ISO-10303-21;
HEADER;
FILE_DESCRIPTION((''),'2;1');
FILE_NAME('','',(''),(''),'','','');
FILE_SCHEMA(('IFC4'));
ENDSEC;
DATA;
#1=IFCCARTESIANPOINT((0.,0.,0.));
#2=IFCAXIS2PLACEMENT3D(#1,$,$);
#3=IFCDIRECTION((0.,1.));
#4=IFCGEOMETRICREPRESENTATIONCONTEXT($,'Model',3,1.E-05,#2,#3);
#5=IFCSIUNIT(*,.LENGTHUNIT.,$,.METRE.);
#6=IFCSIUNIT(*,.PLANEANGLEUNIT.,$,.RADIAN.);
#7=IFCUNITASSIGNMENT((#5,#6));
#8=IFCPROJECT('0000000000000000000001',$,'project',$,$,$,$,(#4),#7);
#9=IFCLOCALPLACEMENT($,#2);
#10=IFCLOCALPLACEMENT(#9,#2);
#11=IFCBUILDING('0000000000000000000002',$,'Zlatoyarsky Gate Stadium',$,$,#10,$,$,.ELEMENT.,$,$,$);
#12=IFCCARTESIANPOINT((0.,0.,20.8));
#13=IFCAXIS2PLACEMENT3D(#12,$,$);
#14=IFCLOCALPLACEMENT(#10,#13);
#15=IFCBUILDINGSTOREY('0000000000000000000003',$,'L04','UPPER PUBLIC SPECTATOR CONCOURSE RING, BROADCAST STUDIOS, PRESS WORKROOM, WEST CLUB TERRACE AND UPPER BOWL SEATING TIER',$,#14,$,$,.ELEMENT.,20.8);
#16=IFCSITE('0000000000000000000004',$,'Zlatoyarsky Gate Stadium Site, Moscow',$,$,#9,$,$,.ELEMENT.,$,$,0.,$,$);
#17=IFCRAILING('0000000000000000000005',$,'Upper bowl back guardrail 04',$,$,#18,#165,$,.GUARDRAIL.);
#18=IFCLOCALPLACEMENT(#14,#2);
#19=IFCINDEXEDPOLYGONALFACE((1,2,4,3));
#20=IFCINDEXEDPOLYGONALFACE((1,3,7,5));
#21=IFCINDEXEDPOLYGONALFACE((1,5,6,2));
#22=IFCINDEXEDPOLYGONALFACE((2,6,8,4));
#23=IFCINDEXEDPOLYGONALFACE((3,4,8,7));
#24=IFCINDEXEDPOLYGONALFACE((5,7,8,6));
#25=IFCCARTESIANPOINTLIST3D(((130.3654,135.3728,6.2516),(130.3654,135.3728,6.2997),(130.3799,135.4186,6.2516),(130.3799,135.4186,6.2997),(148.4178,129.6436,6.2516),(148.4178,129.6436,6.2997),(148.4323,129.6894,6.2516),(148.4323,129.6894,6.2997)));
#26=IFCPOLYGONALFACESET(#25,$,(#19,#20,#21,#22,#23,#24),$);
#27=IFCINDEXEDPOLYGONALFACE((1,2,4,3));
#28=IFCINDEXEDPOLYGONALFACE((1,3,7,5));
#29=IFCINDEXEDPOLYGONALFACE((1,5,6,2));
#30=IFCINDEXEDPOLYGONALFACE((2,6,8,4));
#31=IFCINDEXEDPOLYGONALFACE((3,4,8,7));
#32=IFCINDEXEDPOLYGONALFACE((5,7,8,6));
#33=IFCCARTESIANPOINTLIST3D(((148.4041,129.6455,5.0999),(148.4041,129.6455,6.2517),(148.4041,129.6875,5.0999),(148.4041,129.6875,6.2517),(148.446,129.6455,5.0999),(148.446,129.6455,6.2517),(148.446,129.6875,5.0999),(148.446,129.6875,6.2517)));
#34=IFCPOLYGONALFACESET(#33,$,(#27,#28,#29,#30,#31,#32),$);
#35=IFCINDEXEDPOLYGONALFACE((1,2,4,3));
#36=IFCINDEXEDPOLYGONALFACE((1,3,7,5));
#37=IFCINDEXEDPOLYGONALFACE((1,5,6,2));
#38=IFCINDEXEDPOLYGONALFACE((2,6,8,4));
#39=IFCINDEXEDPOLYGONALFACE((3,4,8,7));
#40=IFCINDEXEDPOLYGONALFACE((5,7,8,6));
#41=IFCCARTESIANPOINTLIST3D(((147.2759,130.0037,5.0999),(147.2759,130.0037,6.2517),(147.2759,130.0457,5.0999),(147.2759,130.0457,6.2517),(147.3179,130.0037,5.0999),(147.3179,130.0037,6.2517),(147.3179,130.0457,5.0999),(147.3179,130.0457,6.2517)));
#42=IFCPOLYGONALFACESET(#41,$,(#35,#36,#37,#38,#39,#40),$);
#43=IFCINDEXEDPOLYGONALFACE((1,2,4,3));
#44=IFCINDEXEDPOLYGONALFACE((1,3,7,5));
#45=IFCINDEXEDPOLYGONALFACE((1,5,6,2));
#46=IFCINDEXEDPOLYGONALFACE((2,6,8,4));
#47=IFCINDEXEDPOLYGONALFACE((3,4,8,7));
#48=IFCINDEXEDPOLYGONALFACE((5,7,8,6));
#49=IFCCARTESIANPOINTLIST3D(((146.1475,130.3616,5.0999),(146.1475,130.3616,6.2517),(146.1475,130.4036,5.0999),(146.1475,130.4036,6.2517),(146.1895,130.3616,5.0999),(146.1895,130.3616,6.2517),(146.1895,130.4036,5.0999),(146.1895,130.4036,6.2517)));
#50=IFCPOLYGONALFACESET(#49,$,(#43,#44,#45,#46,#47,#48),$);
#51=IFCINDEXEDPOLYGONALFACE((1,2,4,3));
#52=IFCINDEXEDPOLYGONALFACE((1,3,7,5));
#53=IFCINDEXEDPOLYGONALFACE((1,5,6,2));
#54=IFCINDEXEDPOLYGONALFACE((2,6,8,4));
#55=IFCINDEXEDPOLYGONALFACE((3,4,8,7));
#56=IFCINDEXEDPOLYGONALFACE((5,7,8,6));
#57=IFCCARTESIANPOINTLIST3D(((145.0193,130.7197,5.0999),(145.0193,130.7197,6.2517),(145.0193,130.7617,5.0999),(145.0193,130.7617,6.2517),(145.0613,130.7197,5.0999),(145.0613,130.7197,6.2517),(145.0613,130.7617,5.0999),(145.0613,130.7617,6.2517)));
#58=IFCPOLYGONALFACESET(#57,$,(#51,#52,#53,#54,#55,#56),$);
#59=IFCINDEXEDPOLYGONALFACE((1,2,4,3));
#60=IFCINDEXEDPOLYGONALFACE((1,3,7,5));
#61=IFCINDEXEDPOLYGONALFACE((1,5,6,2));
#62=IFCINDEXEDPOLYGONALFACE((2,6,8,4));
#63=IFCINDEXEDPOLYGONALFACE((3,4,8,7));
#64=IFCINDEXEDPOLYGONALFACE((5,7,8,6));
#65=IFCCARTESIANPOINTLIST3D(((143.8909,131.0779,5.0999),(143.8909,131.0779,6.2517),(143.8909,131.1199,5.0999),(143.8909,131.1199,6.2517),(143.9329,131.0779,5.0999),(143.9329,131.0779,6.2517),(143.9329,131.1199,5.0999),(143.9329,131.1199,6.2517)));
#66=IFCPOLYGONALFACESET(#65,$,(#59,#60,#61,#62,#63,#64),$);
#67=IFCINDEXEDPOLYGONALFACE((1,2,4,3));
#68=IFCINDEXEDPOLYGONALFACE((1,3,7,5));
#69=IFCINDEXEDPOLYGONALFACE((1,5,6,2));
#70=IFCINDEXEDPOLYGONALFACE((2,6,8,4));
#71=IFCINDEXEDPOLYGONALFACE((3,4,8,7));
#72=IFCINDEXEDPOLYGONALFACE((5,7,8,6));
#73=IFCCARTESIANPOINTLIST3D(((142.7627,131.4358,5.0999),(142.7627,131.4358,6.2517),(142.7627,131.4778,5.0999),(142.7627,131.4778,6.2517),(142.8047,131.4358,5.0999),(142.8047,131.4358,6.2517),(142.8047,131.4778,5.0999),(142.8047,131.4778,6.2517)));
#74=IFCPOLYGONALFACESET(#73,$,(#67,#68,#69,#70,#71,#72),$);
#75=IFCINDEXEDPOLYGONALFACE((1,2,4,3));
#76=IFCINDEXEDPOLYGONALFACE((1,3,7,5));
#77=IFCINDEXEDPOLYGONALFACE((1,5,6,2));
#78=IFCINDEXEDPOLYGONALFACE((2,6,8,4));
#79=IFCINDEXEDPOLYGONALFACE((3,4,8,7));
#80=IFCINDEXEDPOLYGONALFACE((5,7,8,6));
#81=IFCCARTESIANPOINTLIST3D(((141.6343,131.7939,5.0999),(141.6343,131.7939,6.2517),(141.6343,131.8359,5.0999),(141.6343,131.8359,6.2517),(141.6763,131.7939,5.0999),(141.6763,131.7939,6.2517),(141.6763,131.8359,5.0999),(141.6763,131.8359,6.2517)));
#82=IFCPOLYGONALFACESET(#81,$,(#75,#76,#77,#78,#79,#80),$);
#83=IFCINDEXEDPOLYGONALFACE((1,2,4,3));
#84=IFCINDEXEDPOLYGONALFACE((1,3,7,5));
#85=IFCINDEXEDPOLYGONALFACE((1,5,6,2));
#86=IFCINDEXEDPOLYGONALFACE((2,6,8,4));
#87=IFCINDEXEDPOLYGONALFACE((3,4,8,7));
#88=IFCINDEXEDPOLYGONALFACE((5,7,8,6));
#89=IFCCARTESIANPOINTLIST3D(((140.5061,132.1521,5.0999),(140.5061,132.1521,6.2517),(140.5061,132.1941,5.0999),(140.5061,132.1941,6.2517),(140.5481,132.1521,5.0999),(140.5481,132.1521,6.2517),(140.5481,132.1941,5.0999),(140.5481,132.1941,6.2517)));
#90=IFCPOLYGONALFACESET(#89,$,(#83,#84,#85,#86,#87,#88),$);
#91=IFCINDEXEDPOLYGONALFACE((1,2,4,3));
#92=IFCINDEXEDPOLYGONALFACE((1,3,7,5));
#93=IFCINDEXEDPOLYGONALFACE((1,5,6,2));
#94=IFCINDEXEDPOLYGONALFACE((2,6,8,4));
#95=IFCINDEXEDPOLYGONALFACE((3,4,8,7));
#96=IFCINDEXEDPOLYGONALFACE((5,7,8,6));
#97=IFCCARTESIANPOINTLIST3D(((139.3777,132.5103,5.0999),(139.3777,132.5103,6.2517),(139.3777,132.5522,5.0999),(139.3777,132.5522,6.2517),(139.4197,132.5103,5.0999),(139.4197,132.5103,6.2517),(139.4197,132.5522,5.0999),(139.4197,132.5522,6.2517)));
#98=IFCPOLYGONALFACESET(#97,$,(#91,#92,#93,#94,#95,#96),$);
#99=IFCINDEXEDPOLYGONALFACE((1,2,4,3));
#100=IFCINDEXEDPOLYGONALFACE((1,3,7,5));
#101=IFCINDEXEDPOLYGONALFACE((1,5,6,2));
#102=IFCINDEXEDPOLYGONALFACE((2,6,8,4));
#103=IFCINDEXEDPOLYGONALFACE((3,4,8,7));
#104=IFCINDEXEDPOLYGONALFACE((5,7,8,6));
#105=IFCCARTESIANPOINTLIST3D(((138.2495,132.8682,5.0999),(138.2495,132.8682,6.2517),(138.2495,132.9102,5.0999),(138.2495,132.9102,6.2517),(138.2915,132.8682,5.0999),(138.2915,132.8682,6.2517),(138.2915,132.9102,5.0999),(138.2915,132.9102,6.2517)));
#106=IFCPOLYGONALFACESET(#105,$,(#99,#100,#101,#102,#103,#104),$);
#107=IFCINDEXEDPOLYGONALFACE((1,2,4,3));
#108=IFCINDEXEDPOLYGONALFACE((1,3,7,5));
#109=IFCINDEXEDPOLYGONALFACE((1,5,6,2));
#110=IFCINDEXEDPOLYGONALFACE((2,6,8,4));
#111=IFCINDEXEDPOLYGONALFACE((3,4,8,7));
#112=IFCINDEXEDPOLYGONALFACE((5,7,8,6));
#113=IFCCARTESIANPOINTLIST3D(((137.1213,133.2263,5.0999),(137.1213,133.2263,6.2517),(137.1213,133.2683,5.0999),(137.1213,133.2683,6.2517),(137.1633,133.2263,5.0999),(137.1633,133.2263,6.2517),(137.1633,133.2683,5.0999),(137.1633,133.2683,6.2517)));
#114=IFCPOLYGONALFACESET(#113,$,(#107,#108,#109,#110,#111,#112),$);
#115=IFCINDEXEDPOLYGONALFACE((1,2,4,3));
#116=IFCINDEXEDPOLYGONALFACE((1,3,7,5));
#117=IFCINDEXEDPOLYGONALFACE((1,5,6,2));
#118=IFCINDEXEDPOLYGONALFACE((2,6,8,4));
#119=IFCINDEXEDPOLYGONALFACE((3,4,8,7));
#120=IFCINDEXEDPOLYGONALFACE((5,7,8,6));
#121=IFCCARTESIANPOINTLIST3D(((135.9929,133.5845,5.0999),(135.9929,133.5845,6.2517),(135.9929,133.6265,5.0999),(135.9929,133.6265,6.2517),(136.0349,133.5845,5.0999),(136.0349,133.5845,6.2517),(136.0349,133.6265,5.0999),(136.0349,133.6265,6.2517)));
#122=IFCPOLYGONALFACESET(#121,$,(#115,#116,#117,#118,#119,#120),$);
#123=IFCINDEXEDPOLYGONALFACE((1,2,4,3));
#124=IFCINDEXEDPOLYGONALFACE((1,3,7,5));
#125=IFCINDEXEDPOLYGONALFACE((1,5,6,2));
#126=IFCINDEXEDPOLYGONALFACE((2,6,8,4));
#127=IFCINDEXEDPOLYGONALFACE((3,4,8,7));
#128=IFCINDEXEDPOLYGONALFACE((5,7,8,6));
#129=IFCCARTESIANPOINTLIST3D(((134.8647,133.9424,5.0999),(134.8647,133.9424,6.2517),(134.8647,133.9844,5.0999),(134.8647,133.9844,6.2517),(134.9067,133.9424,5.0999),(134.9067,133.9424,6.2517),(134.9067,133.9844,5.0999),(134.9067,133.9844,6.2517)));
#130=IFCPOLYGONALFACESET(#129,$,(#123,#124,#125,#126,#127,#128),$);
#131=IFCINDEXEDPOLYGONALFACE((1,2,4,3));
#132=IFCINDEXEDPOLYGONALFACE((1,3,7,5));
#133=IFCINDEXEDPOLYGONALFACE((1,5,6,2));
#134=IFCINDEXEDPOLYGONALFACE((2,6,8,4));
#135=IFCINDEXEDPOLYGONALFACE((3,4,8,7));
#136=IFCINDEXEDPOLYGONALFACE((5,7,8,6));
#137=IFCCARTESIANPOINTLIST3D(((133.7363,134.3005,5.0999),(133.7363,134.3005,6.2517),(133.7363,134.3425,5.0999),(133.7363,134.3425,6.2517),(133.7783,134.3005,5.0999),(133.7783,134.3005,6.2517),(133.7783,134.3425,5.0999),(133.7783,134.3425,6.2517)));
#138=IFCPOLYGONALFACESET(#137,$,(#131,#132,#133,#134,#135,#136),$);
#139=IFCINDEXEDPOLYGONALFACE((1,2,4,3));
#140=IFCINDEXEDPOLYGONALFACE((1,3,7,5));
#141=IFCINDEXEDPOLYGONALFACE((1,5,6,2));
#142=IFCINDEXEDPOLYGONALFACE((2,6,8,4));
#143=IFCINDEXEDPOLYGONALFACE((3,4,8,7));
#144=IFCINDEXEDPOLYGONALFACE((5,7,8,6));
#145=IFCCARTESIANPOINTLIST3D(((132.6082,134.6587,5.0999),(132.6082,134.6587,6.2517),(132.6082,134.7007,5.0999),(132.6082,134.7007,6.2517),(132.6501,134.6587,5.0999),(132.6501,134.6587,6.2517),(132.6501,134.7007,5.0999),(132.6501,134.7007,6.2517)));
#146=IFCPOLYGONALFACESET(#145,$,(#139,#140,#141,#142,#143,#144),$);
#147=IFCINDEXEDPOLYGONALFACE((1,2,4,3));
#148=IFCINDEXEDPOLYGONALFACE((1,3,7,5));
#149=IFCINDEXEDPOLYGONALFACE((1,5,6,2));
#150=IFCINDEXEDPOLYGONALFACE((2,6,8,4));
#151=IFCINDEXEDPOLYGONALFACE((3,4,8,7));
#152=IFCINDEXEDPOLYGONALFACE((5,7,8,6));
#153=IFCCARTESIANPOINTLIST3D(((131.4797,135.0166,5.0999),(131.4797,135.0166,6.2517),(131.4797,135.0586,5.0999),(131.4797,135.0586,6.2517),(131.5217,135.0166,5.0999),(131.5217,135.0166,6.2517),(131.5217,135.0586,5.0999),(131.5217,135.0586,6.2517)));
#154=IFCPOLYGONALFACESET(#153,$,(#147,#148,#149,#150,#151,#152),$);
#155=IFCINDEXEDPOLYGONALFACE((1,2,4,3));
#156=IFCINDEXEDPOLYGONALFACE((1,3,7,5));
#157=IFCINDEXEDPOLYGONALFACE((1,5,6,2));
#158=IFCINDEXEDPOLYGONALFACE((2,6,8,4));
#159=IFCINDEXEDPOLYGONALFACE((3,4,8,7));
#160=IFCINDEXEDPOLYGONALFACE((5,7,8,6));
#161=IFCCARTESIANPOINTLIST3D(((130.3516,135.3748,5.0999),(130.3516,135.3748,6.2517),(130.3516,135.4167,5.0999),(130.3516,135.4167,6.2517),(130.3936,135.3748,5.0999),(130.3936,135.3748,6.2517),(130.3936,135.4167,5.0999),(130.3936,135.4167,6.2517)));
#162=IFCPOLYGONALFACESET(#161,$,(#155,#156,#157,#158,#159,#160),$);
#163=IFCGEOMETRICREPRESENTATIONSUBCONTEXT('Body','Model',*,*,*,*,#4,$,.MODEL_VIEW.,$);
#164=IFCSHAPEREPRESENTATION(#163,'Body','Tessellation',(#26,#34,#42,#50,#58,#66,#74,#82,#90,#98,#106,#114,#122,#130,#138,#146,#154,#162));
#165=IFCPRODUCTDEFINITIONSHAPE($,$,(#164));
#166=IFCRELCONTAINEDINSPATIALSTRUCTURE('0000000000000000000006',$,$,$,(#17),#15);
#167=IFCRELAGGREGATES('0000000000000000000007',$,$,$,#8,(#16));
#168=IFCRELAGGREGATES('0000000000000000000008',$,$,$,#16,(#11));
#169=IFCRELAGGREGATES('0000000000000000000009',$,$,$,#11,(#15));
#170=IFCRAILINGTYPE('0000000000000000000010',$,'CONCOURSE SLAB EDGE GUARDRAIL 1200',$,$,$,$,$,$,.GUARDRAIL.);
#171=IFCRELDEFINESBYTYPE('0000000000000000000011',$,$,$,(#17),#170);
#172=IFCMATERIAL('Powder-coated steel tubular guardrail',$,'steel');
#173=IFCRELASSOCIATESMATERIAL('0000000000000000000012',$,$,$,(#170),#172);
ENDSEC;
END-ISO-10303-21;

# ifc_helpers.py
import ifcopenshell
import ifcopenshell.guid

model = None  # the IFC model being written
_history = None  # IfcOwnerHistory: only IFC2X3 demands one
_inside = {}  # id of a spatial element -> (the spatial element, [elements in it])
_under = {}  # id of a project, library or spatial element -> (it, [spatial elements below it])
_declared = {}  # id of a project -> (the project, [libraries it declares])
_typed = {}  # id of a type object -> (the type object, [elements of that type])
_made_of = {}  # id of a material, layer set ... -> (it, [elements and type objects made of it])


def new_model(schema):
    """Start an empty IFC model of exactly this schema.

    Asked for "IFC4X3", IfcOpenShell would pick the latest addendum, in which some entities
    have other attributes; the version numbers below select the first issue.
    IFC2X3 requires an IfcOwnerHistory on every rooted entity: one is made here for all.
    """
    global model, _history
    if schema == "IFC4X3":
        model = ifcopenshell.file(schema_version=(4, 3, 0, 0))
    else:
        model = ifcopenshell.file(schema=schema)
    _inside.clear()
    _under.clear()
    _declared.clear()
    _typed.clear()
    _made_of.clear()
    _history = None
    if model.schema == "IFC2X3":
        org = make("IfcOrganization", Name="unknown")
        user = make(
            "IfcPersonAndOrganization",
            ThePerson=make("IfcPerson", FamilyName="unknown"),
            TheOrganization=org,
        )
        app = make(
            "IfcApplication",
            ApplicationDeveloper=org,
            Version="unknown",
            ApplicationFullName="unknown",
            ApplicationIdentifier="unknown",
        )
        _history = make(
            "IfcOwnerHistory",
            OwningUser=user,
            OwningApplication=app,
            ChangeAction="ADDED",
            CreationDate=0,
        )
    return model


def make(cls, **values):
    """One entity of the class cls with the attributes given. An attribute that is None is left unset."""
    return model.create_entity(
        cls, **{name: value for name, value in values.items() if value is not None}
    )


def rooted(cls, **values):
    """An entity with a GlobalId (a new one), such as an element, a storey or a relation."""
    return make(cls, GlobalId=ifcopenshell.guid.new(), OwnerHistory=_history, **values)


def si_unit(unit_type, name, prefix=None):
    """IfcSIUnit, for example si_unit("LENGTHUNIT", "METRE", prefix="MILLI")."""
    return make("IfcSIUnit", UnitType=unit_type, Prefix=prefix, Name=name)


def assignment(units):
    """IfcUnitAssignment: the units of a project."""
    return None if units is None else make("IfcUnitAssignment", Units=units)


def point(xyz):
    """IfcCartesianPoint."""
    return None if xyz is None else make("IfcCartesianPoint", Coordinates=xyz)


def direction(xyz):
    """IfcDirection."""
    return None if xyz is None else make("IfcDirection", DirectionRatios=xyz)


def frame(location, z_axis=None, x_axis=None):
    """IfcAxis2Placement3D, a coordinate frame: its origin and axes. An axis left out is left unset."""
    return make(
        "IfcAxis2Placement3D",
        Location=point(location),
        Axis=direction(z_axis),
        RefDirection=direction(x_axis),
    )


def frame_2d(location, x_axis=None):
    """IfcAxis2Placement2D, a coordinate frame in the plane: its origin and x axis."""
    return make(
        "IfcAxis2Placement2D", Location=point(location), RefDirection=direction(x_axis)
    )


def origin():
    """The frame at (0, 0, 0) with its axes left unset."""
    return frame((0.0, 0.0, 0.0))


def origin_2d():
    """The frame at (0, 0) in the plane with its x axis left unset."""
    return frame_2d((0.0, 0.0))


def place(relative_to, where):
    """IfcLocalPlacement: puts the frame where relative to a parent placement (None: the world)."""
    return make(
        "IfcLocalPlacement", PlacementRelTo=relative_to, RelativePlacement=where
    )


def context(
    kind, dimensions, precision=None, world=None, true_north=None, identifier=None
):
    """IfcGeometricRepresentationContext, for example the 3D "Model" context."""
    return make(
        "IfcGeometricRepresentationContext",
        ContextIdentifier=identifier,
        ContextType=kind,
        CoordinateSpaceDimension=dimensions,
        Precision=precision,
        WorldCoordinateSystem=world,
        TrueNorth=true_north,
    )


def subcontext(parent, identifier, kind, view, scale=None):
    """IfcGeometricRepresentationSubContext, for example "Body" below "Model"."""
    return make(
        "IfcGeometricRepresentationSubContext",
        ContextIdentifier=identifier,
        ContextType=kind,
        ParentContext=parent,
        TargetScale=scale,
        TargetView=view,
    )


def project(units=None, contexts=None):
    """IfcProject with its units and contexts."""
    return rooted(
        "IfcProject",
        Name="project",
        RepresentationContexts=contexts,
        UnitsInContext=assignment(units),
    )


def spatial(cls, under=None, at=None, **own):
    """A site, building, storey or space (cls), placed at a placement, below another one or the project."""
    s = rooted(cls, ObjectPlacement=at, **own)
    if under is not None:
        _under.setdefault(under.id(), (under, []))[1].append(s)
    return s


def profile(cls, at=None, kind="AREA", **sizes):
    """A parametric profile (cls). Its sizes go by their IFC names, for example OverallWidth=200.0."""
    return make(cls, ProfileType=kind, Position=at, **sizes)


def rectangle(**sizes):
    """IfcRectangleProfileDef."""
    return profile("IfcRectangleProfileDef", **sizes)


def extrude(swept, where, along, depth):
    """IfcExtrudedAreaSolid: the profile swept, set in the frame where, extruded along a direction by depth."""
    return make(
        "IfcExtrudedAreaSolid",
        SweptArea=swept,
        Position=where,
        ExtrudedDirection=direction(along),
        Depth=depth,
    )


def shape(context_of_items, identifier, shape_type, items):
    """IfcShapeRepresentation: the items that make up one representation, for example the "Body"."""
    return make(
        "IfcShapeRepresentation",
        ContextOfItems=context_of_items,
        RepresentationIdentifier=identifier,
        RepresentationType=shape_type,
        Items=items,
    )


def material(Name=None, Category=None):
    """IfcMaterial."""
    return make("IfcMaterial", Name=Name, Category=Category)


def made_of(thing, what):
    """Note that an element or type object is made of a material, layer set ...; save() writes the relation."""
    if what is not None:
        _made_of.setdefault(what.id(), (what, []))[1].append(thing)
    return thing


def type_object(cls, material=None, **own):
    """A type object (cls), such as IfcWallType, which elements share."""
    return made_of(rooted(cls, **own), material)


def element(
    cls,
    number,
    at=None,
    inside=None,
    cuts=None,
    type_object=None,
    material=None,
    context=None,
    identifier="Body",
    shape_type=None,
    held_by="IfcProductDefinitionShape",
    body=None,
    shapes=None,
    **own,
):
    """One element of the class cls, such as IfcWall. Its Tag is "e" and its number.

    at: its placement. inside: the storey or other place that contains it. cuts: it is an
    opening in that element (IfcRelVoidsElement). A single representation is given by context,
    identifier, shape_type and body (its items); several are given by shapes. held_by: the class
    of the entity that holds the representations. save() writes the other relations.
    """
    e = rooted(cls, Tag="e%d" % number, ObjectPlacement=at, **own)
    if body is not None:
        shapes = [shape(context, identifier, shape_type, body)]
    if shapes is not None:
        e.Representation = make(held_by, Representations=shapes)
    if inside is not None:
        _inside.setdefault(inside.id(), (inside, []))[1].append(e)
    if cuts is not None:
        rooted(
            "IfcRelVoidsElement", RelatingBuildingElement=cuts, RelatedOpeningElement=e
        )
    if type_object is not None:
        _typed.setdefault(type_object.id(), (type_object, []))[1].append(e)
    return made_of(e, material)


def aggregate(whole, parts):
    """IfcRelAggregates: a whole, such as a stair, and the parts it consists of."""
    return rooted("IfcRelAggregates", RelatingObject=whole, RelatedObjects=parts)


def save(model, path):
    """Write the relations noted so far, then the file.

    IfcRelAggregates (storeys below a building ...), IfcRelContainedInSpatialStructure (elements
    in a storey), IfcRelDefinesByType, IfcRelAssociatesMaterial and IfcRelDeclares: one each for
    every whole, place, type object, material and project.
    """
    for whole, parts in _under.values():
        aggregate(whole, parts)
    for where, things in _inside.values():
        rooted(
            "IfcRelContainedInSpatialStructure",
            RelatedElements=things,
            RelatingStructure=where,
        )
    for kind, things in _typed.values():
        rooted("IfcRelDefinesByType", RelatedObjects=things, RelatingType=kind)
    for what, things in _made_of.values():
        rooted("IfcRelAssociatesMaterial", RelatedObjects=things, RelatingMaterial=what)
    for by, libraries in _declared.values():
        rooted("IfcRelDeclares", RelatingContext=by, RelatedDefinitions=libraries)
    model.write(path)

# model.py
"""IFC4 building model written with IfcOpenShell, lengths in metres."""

from ifc_helpers import new_model, si_unit, direction, frame, origin, origin_2d, place, context, subcontext, project, spatial, rectangle, extrude, material, type_object, element, save


model = new_model("IFC4")

# Units and contexts
model_context = context("Model", 3, precision=1e-05, world=origin(), true_north=direction((0.0, 1.0)))
body_context = subcontext(model_context, "Body", "Model", "MODEL_VIEW")
ifc_project = project(units=[si_unit("LENGTHUNIT", "METRE"), si_unit("PLANEANGLEUNIT", "RADIAN")], contexts=[model_context])

# Site, building, storey
site_placement = place(None, origin())
site = spatial("IfcSite", under=ifc_project, at=site_placement, Name="Zlatoyarsky Gate Stadium Site, Moscow", CompositionType="ELEMENT", RefElevation=0.0)
building_placement = place(site_placement, origin())
building = spatial("IfcBuilding", under=site, at=building_placement, Name="Zlatoyarsky Gate Stadium", CompositionType="ELEMENT")
storey_placement = place(building_placement, frame((0.0, 0.0, 20.8)))
storey = spatial("IfcBuildingStorey", under=building, at=storey_placement, Name="L04", Description="UPPER PUBLIC SPECTATOR CONCOURSE RING, BROADCAST STUDIOS, PRESS WORKROOM, WEST CLUB TERRACE AND UPPER BOWL SEATING TIER", CompositionType="ELEMENT", Elevation=20.8)

# Railing
ifc_material_1 = material(Name="Powder-coated steel tubular guardrail", Category="steel")
railing_type_1 = type_object("IfcRailingType", Name="CONCOURSE SLAB EDGE GUARDRAIL 1200", PredefinedType="GUARDRAIL", material=ifc_material_1)
railing_1_placement = place(storey_placement, frame((148.425, 129.6665, 5.0999)))
element("IfcRailing", 1, at=railing_1_placement, inside=storey, type_object=railing_type_1, Name="Upper bowl back guardrail 04", PredefinedType="GUARDRAIL", context=body_context, shape_type="SweptSolid", body=[
    extrude(rectangle(XDim=0.0481, YDim=0.0481, at=origin_2d()), frame((0.0, 0.0, 1.1758), z_axis=(-0.95315, 0.302498, 0.0), x_axis=(-0.302498, -0.95315, 0.0)), (0.0, 0.0, 1.0), 18.9397),
    extrude(rectangle(XDim=0.042, YDim=0.042, at=origin_2d()), origin(), (0.0, 0.0, 1.0), 1.1519),
    extrude(rectangle(XDim=0.042, YDim=0.042, at=origin_2d()), frame((-1.1282, 0.3582, 0.0)), (0.0, 0.0, 1.0), 1.1519),
    extrude(rectangle(XDim=0.042, YDim=0.042, at=origin_2d()), frame((-2.2566, 0.7161, 0.0)), (0.0, 0.0, 1.0), 1.1519),
    extrude(rectangle(XDim=0.042, YDim=0.042, at=origin_2d()), frame((-3.3848, 1.0742, 0.0)), (0.0, 0.0, 1.0), 1.1519),
    extrude(rectangle(XDim=0.042, YDim=0.042, at=origin_2d()), frame((-4.5132, 1.4324, 0.0)), (0.0, 0.0, 1.0), 1.1519),
    extrude(rectangle(XDim=0.042, YDim=0.042, at=origin_2d()), frame((-5.6414, 1.7903, 0.0)), (0.0, 0.0, 1.0), 1.1519),
    extrude(rectangle(XDim=0.042, YDim=0.042, at=origin_2d()), frame((-6.7698, 2.1484, 0.0)), (0.0, 0.0, 1.0), 1.1519),
    extrude(rectangle(XDim=0.042, YDim=0.042, at=origin_2d()), frame((-7.8979, 2.5066, 0.0)), (0.0, 0.0, 1.0), 1.1519),
    extrude(rectangle(XDim=0.042, YDim=0.042, at=origin_2d()), frame((-9.0264, 2.8647, 0.0)), (0.0, 0.0, 1.0), 1.1519),
    extrude(rectangle(XDim=0.042, YDim=0.042, at=origin_2d()), frame((-10.1545, 3.2227, 0.0)), (0.0, 0.0, 1.0), 1.1519),
    extrude(rectangle(XDim=0.042, YDim=0.042, at=origin_2d()), frame((-11.2827, 3.5808, 0.0)), (0.0, 0.0, 1.0), 1.1519),
    extrude(rectangle(XDim=0.042, YDim=0.042, at=origin_2d()), frame((-12.4111, 3.939, 0.0)), (0.0, 0.0, 1.0), 1.1519),
    extrude(rectangle(XDim=0.042, YDim=0.042, at=origin_2d()), frame((-13.5393, 4.2969, 0.0)), (0.0, 0.0, 1.0), 1.1519),
    extrude(rectangle(XDim=0.042, YDim=0.042, at=origin_2d()), frame((-14.6677, 4.655, 0.0)), (0.0, 0.0, 1.0), 1.1519),
    extrude(rectangle(XDim=0.042, YDim=0.042, at=origin_2d()), frame((-15.7959, 5.0132, 0.0)), (0.0, 0.0, 1.0), 1.1519),
    extrude(rectangle(XDim=0.042, YDim=0.042, at=origin_2d()), frame((-16.9243, 5.3711, 0.0)), (0.0, 0.0, 1.0), 1.1519),
    extrude(rectangle(XDim=0.042, YDim=0.042, at=origin_2d()), frame((-18.0525, 5.7292, 0.0)), (0.0, 0.0, 1.0), 1.1519),
])

save(model, "model.ifc")
